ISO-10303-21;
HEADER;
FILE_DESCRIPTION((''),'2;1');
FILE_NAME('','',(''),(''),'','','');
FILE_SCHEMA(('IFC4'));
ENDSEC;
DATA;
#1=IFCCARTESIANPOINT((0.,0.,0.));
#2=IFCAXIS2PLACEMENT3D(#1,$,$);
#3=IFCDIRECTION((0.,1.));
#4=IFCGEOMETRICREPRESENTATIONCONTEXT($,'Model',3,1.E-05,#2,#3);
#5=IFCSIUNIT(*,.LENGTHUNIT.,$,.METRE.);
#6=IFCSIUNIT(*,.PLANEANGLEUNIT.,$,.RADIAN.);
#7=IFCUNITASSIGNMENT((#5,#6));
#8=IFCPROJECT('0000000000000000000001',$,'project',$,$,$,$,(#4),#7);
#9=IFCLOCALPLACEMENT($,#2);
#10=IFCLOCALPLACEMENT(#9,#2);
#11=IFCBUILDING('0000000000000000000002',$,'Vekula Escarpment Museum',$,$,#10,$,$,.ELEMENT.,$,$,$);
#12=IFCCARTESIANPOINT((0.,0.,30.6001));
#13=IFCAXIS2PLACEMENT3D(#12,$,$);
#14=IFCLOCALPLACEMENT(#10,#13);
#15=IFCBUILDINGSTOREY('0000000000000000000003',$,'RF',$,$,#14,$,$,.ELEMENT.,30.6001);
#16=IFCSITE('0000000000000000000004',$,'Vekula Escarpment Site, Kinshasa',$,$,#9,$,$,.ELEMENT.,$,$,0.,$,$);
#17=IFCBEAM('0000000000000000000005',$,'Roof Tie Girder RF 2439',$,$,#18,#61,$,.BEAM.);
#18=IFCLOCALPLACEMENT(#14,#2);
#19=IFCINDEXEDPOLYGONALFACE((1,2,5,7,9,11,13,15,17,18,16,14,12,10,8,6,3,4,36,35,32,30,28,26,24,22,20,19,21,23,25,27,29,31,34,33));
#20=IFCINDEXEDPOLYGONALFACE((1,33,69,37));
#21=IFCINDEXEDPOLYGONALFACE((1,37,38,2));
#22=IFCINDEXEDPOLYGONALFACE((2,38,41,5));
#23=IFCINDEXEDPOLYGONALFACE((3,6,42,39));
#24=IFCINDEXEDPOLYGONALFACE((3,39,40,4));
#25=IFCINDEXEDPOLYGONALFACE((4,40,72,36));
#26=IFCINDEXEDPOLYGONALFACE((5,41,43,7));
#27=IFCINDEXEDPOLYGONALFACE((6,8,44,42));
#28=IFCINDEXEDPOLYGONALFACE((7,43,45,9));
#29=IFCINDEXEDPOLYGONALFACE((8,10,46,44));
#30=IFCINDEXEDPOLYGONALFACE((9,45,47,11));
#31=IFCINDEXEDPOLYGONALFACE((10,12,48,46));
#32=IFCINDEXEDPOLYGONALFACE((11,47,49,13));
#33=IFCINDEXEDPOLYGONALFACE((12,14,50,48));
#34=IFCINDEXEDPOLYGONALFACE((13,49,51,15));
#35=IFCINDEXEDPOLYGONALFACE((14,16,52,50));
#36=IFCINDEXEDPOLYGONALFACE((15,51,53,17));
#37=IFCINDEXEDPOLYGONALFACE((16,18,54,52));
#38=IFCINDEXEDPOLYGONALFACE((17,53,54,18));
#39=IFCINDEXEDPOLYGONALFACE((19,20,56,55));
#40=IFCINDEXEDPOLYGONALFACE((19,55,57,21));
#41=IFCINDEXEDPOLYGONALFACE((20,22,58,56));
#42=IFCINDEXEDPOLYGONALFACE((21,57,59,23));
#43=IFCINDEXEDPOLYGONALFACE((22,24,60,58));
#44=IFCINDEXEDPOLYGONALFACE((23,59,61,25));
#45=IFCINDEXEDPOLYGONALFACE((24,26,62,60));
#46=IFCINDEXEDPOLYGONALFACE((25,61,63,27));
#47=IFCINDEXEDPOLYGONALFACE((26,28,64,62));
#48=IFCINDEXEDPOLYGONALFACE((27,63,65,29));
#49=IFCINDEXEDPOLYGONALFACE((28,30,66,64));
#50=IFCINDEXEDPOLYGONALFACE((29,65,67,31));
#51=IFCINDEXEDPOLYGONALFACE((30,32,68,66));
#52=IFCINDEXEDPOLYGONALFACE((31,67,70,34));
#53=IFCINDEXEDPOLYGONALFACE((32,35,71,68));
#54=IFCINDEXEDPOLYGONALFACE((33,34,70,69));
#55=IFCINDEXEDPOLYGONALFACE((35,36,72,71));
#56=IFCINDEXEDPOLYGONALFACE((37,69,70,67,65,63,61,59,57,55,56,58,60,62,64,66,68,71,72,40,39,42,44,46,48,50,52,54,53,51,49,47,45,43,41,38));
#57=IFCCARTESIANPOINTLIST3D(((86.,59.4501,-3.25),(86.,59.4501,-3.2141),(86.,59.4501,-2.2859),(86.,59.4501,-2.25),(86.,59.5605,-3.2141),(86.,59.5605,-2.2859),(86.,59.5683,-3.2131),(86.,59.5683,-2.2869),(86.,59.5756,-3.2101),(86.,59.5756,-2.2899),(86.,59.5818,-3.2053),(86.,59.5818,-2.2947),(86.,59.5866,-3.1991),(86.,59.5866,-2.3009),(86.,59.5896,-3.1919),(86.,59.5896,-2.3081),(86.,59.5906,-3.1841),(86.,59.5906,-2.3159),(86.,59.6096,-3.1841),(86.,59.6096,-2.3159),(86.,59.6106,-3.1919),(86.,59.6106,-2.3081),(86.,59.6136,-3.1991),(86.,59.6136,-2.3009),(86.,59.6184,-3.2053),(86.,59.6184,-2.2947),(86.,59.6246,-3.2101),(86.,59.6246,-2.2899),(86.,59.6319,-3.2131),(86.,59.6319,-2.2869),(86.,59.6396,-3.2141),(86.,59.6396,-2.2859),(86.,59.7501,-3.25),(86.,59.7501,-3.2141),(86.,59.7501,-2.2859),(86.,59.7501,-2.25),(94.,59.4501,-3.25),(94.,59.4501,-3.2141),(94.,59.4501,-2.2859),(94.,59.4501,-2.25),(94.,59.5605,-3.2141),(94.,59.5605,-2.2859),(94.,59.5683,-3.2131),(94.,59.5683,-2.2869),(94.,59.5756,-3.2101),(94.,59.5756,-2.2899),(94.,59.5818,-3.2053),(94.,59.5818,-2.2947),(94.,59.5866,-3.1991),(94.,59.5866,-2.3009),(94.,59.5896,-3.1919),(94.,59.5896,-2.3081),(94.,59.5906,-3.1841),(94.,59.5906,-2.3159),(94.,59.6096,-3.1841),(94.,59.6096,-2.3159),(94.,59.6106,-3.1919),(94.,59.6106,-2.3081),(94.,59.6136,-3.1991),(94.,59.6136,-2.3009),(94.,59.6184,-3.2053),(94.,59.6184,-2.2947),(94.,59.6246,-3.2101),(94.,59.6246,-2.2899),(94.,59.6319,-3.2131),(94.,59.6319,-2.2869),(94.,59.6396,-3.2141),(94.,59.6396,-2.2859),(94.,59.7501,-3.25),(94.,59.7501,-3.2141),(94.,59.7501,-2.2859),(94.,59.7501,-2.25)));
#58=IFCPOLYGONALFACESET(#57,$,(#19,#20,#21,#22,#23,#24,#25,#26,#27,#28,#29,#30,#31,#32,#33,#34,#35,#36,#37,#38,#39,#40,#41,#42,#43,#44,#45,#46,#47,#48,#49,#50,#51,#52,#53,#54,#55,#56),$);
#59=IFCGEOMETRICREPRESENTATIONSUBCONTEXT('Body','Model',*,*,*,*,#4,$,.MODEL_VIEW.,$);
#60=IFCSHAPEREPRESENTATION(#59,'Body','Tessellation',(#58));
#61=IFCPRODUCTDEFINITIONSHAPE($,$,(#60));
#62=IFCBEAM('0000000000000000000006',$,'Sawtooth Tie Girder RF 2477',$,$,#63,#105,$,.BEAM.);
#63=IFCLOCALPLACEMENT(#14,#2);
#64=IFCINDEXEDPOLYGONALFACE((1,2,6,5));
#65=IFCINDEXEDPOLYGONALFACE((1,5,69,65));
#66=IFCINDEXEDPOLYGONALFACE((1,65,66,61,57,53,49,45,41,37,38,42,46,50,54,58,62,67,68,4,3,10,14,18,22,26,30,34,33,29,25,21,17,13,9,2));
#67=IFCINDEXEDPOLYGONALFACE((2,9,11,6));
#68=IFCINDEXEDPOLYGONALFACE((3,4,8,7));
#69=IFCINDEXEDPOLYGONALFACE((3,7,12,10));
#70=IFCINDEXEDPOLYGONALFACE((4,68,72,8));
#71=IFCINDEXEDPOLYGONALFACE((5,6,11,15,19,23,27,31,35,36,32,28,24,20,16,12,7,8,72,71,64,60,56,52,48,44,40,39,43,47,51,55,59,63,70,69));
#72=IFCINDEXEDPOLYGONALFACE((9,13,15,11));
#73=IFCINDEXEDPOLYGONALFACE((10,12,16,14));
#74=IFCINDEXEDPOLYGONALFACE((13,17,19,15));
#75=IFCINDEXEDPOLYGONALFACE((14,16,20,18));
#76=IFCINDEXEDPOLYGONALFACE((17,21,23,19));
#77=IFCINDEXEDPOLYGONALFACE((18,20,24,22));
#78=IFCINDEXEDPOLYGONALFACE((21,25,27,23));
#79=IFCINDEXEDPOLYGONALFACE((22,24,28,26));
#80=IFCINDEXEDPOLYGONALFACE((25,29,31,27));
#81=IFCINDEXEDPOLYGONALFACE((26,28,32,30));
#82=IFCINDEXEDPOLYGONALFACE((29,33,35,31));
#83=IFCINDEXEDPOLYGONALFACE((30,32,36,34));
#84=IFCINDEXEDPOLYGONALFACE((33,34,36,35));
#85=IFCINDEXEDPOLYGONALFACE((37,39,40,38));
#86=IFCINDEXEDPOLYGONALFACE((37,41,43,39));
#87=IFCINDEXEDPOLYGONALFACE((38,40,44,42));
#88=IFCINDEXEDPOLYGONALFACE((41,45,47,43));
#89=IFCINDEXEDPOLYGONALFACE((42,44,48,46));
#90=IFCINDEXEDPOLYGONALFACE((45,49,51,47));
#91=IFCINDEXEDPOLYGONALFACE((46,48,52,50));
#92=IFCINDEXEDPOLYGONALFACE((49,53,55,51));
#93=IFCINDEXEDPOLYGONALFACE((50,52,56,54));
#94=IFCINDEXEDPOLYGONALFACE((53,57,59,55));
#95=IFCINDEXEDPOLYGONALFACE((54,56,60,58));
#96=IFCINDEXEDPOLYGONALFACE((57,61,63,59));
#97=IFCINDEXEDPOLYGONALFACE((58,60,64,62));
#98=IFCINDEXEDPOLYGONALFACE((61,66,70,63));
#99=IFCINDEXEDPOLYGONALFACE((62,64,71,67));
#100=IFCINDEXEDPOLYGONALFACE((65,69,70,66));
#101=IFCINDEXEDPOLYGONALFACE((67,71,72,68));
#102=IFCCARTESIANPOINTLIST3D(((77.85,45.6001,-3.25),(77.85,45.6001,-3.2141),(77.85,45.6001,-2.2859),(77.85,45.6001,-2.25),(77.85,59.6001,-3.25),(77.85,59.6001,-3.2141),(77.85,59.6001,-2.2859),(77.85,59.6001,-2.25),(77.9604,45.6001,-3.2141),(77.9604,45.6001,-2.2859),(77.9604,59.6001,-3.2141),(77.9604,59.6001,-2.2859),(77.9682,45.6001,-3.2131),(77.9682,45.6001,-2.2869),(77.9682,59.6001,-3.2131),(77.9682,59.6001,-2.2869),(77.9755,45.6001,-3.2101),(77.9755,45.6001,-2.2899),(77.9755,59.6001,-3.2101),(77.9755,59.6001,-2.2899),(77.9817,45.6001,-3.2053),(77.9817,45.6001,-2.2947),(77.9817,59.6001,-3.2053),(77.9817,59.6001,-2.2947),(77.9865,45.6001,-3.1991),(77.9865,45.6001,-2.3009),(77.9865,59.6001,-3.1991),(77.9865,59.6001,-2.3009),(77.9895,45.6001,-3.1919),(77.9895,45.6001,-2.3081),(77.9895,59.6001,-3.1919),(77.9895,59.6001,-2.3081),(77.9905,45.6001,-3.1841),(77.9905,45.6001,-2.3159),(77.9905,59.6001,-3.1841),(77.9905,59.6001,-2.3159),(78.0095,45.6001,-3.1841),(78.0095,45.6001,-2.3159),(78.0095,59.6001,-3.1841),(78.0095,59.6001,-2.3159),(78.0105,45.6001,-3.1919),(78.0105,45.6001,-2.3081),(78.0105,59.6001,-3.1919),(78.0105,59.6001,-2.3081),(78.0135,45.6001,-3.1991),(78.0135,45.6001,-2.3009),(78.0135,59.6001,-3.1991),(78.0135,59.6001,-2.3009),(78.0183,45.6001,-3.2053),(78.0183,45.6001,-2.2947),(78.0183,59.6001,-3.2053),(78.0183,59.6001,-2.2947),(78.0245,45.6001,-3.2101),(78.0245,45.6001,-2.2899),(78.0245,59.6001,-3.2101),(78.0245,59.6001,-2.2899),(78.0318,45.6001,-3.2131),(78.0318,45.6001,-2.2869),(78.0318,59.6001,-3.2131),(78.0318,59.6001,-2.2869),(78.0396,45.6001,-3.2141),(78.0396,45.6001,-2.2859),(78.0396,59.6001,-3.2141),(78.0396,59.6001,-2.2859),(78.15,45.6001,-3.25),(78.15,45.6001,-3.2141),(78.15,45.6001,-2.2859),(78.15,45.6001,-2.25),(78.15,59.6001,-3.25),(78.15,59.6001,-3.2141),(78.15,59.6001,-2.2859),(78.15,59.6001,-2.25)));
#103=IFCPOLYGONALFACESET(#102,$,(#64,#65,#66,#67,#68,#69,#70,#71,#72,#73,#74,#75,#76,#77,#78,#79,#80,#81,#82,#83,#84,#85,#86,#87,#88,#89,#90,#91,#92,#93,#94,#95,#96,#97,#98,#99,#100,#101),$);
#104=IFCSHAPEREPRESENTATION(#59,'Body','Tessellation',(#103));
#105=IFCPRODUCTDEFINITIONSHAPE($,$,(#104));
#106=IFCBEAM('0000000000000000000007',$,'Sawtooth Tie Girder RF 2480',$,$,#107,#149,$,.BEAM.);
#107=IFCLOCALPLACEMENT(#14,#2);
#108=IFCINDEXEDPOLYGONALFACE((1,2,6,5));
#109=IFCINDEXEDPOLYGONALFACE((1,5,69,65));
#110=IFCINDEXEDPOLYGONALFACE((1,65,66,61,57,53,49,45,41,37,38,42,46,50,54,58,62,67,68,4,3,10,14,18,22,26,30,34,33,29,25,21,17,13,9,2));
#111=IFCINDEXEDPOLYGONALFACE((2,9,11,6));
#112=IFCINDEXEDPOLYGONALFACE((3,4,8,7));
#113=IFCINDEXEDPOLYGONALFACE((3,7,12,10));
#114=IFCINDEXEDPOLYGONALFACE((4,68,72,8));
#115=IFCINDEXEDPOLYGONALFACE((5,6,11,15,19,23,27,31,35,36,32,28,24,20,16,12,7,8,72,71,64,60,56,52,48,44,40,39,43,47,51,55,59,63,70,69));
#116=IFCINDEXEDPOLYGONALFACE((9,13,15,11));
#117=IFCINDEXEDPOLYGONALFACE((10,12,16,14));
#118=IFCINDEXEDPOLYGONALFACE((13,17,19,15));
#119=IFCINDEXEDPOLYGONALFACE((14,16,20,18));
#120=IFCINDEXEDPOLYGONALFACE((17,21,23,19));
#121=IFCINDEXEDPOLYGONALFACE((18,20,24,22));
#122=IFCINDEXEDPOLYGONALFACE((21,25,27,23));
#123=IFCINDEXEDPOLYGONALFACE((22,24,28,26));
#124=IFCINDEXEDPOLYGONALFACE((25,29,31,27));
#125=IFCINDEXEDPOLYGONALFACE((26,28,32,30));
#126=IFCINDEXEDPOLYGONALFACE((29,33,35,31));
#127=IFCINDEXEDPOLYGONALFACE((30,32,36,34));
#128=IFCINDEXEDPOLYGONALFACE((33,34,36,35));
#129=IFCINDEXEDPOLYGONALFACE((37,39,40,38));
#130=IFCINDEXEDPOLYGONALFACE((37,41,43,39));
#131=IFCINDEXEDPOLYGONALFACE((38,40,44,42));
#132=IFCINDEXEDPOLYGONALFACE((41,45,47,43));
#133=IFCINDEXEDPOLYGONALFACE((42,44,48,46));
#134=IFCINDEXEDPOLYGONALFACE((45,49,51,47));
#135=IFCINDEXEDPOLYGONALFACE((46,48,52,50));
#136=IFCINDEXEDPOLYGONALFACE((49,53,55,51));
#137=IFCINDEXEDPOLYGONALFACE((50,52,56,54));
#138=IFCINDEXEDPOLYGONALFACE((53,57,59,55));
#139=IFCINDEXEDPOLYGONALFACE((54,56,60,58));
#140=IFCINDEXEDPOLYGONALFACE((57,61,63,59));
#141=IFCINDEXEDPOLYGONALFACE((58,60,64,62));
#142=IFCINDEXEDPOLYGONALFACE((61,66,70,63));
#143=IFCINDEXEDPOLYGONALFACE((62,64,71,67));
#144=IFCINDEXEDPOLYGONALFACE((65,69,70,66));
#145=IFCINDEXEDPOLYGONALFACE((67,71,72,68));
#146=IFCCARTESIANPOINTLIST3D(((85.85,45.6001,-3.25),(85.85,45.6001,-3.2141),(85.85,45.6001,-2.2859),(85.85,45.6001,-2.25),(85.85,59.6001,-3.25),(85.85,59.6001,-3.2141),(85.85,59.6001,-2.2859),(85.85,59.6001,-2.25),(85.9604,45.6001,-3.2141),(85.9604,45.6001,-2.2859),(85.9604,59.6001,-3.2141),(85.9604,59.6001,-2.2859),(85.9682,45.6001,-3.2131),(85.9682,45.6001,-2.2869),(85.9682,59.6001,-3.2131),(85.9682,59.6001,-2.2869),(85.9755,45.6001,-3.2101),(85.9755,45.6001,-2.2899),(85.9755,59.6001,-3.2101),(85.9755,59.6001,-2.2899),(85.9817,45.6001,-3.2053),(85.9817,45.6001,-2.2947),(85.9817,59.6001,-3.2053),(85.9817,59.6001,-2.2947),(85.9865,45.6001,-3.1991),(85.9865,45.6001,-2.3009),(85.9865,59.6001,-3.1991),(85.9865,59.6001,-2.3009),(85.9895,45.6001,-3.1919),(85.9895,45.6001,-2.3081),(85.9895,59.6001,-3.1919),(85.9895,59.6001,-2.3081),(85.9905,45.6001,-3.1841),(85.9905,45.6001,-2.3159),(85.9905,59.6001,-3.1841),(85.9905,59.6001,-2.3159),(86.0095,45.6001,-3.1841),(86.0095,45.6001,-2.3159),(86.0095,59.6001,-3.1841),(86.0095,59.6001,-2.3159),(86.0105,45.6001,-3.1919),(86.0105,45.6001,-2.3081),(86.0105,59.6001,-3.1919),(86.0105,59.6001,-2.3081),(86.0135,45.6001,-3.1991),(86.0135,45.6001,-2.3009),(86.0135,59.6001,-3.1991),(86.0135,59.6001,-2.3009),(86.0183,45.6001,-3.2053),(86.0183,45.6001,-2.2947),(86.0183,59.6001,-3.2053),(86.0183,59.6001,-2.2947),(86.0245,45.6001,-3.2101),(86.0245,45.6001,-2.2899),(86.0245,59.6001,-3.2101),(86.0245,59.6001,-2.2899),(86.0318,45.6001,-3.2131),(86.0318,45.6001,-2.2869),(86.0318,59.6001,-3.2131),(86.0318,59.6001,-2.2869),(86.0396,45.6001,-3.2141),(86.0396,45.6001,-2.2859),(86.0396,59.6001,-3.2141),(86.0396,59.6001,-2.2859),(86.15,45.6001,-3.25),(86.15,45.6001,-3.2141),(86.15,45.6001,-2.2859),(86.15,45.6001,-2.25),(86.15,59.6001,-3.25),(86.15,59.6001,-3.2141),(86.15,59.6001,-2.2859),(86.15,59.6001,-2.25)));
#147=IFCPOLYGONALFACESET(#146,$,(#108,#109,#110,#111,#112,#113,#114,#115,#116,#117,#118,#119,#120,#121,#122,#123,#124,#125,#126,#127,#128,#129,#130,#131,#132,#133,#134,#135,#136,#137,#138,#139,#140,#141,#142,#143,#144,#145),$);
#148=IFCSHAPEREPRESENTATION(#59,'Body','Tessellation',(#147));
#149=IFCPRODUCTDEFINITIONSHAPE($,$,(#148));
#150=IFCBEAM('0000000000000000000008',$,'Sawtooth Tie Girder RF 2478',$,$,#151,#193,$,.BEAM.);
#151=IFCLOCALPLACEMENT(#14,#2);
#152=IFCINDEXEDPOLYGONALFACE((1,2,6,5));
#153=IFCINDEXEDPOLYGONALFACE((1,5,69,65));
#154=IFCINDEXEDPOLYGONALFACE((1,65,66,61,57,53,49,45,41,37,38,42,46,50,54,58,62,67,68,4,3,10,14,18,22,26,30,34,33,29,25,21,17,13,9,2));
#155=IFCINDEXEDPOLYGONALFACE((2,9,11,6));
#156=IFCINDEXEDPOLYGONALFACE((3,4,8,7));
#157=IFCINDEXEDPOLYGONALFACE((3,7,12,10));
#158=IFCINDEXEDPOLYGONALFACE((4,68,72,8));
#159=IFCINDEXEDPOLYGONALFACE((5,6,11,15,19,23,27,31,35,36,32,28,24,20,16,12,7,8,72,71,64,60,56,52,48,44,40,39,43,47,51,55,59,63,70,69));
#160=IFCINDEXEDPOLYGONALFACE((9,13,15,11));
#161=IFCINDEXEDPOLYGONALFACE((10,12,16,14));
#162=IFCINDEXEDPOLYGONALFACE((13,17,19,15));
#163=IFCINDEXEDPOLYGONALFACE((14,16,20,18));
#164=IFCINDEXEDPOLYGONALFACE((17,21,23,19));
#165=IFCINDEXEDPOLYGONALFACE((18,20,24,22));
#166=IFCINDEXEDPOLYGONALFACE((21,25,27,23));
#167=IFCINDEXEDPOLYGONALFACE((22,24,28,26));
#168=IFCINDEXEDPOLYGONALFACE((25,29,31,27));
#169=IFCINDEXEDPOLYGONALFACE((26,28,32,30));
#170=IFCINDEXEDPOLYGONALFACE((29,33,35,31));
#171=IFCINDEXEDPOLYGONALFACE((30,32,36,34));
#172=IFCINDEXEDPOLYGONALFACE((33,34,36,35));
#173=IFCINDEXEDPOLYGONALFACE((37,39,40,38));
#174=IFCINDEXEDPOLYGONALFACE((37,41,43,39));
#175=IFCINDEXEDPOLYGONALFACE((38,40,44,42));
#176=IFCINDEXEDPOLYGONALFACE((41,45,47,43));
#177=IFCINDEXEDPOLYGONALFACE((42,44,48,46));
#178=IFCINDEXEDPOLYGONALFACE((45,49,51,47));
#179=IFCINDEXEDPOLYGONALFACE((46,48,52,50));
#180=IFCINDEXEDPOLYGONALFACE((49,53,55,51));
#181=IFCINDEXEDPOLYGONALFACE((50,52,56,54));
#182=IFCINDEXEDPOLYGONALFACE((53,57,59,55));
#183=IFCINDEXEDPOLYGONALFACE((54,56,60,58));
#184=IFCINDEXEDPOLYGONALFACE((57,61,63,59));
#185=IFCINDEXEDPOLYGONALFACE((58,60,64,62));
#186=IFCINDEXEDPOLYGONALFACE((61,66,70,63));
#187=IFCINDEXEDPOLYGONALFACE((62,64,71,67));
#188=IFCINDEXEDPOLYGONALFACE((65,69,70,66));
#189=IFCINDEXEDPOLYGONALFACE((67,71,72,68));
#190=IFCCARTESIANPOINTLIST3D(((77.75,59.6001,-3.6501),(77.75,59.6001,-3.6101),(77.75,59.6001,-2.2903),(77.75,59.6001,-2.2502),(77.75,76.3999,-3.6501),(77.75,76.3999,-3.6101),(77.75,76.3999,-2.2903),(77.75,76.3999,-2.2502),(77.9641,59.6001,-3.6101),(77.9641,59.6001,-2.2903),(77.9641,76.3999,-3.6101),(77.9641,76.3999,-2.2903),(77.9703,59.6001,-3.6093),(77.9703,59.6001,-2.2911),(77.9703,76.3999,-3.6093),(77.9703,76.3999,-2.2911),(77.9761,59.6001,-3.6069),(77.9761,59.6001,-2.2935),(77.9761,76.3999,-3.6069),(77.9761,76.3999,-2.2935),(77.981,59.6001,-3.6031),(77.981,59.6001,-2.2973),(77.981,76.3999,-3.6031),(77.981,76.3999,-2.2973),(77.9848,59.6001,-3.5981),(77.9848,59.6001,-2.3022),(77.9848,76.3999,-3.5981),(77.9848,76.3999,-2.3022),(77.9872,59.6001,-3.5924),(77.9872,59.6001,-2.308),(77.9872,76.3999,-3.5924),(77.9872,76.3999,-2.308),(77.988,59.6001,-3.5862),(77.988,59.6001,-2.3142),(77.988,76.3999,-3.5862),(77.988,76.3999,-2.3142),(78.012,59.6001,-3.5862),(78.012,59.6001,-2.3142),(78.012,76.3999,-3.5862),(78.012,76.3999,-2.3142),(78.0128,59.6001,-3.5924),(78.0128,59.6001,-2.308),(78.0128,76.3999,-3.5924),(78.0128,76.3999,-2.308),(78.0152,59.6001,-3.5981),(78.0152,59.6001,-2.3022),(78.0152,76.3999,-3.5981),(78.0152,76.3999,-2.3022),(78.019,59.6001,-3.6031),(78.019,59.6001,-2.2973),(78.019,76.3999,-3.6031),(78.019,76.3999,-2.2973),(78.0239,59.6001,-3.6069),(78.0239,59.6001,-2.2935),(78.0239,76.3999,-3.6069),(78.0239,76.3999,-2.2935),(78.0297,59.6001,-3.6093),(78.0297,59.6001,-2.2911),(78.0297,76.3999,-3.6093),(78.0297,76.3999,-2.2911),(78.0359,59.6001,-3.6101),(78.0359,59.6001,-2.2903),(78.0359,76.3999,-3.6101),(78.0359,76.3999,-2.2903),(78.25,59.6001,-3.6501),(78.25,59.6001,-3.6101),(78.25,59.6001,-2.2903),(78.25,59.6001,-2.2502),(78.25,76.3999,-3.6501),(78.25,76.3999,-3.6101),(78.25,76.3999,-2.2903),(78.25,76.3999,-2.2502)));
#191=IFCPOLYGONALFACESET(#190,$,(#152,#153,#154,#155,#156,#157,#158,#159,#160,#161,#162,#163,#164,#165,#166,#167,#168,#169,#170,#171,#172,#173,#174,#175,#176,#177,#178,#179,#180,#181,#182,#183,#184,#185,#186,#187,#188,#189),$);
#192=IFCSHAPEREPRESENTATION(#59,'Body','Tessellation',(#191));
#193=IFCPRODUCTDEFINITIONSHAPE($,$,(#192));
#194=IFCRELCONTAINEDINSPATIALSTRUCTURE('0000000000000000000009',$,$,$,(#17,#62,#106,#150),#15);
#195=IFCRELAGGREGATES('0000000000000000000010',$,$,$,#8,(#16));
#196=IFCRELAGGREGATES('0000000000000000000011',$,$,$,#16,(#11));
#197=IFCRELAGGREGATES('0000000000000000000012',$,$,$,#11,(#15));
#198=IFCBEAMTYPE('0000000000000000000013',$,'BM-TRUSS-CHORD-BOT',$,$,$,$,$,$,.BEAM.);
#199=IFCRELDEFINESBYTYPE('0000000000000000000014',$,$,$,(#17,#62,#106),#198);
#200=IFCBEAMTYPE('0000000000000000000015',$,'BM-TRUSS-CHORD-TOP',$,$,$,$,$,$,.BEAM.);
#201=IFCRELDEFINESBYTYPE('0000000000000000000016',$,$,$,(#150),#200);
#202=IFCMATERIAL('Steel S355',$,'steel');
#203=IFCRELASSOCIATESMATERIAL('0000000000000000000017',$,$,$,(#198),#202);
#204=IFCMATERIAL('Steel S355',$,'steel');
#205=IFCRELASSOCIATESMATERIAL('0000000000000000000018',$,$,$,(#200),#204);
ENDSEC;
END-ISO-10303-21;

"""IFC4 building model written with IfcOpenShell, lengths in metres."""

from ifc_helpers import new_model, si_unit, direction, frame, origin, origin_2d, place, context, subcontext, project, spatial, i_section, extrude, material, material_profile, profile_set, type_object, element, save


model = new_model("IFC4")

# Units and contexts
model_context = context("Model", 3, precision=1e-05, world=origin(), true_north=direction((0.0, 1.0)))
body_context = subcontext(model_context, "Body", "Model", "MODEL_VIEW")
ifc_project = project(units=[si_unit("LENGTHUNIT", "METRE"), si_unit("PLANEANGLEUNIT", "RADIAN")], contexts=[model_context])

# Site, building, storey
site_placement = place(None, origin())
site = spatial("IfcSite", under=ifc_project, at=site_placement, Name="Vekula Escarpment Site, Kinshasa", CompositionType="ELEMENT", RefElevation=0.0)
building_placement = place(site_placement, origin())
building = spatial("IfcBuilding", under=site, at=building_placement, Name="Vekula Escarpment Museum", CompositionType="ELEMENT")
storey_placement = place(building_placement, frame((0.0, 0.0, 30.6001)))
storey = spatial("IfcBuildingStorey", under=building, at=storey_placement, Name="RF", CompositionType="ELEMENT", Elevation=30.6001)

# Beams
ifc_material_1 = material(Name="Steel S355", Category="steel")
ifc_material_profile_1 = material_profile(ifc_material_1, i_section(OverallWidth=0.3, OverallDepth=1.0, WebThickness=0.019, FlangeThickness=0.0359, FilletRadius=0.03, at=origin_2d()), Name="HEB 1000")
ifc_profile_set_1 = profile_set([ifc_material_profile_1], Name="Steel S355")
beam_type_1 = type_object("IfcBeamType", Name="BM-TRUSS-CHORD-BOT", PredefinedType="BEAM", material=ifc_profile_set_1)
for number, where, z_axis, x_axis, name in (
    (1, (86.0, 59.6001, -2.75), (1.0, 0.0, 0.0), (0.0, 1.0, 0.0), "Roof Tie Girder RF 2439"),
):
    element("IfcBeam", number, at=place(storey_placement, frame(where, z_axis=z_axis, x_axis=x_axis)), inside=storey, type_object=beam_type_1, Name=name, PredefinedType="BEAM", context=body_context, shape_type="SweptSolid", body=[
        extrude(i_section(OverallWidth=0.3, OverallDepth=1.0, WebThickness=0.019, FlangeThickness=0.0359, FilletRadius=0.03, at=origin_2d()), origin(), (0.0, 0.0, 1.0), 8.0),
    ])
for number, where, z_axis, x_axis, name in (
    (2, (78.0, 45.6001, -2.75), (0.0, 1.0, 0.0), (-1.0, 0.0, 0.0), "Sawtooth Tie Girder RF 2477"),
    (3, (86.0, 45.6001, -2.75), (0.0, 1.0, 0.0), (-1.0, 0.0, 0.0), "Sawtooth Tie Girder RF 2480"),
):
    element("IfcBeam", number, at=place(storey_placement, frame(where, z_axis=z_axis, x_axis=x_axis)), inside=storey, type_object=beam_type_1, Name=name, PredefinedType="BEAM", context=body_context, shape_type="SweptSolid", body=[
        extrude(i_section(OverallWidth=0.3, OverallDepth=1.0, WebThickness=0.019, FlangeThickness=0.0359, FilletRadius=0.03, at=origin_2d()), origin(), (0.0, 0.0, 1.0), 14.0),
    ])
ifc_material_2 = material(Name="Steel S355", Category="steel")
ifc_material_profile_2 = material_profile(ifc_material_2, i_section(OverallWidth=0.5, OverallDepth=1.3999, WebThickness=0.0239, FlangeThickness=0.04, FilletRadius=0.0239, at=origin_2d()), Name="WPG 1400x500")
ifc_profile_set_2 = profile_set([ifc_material_profile_2], Name="Steel S355")
beam_type_2 = type_object("IfcBeamType", Name="BM-TRUSS-CHORD-TOP", PredefinedType="BEAM", material=ifc_profile_set_2)
beam_1_placement = place(storey_placement, frame((78.0, 59.6001, -2.9502), z_axis=(0.0, 1.0, 0.0), x_axis=(-1.0, 0.0, 0.0)))
element("IfcBeam", 4, at=beam_1_placement, inside=storey, type_object=beam_type_2, Name="Sawtooth Tie Girder RF 2478", PredefinedType="BEAM", context=body_context, shape_type="SweptSolid", body=[
    extrude(i_section(OverallWidth=0.5, OverallDepth=1.3999, WebThickness=0.0239, FlangeThickness=0.04, FilletRadius=0.0239, at=origin_2d()), origin(), (0.0, 0.0, 1.0), 16.7998),
])

save(model, "model.ifc")
